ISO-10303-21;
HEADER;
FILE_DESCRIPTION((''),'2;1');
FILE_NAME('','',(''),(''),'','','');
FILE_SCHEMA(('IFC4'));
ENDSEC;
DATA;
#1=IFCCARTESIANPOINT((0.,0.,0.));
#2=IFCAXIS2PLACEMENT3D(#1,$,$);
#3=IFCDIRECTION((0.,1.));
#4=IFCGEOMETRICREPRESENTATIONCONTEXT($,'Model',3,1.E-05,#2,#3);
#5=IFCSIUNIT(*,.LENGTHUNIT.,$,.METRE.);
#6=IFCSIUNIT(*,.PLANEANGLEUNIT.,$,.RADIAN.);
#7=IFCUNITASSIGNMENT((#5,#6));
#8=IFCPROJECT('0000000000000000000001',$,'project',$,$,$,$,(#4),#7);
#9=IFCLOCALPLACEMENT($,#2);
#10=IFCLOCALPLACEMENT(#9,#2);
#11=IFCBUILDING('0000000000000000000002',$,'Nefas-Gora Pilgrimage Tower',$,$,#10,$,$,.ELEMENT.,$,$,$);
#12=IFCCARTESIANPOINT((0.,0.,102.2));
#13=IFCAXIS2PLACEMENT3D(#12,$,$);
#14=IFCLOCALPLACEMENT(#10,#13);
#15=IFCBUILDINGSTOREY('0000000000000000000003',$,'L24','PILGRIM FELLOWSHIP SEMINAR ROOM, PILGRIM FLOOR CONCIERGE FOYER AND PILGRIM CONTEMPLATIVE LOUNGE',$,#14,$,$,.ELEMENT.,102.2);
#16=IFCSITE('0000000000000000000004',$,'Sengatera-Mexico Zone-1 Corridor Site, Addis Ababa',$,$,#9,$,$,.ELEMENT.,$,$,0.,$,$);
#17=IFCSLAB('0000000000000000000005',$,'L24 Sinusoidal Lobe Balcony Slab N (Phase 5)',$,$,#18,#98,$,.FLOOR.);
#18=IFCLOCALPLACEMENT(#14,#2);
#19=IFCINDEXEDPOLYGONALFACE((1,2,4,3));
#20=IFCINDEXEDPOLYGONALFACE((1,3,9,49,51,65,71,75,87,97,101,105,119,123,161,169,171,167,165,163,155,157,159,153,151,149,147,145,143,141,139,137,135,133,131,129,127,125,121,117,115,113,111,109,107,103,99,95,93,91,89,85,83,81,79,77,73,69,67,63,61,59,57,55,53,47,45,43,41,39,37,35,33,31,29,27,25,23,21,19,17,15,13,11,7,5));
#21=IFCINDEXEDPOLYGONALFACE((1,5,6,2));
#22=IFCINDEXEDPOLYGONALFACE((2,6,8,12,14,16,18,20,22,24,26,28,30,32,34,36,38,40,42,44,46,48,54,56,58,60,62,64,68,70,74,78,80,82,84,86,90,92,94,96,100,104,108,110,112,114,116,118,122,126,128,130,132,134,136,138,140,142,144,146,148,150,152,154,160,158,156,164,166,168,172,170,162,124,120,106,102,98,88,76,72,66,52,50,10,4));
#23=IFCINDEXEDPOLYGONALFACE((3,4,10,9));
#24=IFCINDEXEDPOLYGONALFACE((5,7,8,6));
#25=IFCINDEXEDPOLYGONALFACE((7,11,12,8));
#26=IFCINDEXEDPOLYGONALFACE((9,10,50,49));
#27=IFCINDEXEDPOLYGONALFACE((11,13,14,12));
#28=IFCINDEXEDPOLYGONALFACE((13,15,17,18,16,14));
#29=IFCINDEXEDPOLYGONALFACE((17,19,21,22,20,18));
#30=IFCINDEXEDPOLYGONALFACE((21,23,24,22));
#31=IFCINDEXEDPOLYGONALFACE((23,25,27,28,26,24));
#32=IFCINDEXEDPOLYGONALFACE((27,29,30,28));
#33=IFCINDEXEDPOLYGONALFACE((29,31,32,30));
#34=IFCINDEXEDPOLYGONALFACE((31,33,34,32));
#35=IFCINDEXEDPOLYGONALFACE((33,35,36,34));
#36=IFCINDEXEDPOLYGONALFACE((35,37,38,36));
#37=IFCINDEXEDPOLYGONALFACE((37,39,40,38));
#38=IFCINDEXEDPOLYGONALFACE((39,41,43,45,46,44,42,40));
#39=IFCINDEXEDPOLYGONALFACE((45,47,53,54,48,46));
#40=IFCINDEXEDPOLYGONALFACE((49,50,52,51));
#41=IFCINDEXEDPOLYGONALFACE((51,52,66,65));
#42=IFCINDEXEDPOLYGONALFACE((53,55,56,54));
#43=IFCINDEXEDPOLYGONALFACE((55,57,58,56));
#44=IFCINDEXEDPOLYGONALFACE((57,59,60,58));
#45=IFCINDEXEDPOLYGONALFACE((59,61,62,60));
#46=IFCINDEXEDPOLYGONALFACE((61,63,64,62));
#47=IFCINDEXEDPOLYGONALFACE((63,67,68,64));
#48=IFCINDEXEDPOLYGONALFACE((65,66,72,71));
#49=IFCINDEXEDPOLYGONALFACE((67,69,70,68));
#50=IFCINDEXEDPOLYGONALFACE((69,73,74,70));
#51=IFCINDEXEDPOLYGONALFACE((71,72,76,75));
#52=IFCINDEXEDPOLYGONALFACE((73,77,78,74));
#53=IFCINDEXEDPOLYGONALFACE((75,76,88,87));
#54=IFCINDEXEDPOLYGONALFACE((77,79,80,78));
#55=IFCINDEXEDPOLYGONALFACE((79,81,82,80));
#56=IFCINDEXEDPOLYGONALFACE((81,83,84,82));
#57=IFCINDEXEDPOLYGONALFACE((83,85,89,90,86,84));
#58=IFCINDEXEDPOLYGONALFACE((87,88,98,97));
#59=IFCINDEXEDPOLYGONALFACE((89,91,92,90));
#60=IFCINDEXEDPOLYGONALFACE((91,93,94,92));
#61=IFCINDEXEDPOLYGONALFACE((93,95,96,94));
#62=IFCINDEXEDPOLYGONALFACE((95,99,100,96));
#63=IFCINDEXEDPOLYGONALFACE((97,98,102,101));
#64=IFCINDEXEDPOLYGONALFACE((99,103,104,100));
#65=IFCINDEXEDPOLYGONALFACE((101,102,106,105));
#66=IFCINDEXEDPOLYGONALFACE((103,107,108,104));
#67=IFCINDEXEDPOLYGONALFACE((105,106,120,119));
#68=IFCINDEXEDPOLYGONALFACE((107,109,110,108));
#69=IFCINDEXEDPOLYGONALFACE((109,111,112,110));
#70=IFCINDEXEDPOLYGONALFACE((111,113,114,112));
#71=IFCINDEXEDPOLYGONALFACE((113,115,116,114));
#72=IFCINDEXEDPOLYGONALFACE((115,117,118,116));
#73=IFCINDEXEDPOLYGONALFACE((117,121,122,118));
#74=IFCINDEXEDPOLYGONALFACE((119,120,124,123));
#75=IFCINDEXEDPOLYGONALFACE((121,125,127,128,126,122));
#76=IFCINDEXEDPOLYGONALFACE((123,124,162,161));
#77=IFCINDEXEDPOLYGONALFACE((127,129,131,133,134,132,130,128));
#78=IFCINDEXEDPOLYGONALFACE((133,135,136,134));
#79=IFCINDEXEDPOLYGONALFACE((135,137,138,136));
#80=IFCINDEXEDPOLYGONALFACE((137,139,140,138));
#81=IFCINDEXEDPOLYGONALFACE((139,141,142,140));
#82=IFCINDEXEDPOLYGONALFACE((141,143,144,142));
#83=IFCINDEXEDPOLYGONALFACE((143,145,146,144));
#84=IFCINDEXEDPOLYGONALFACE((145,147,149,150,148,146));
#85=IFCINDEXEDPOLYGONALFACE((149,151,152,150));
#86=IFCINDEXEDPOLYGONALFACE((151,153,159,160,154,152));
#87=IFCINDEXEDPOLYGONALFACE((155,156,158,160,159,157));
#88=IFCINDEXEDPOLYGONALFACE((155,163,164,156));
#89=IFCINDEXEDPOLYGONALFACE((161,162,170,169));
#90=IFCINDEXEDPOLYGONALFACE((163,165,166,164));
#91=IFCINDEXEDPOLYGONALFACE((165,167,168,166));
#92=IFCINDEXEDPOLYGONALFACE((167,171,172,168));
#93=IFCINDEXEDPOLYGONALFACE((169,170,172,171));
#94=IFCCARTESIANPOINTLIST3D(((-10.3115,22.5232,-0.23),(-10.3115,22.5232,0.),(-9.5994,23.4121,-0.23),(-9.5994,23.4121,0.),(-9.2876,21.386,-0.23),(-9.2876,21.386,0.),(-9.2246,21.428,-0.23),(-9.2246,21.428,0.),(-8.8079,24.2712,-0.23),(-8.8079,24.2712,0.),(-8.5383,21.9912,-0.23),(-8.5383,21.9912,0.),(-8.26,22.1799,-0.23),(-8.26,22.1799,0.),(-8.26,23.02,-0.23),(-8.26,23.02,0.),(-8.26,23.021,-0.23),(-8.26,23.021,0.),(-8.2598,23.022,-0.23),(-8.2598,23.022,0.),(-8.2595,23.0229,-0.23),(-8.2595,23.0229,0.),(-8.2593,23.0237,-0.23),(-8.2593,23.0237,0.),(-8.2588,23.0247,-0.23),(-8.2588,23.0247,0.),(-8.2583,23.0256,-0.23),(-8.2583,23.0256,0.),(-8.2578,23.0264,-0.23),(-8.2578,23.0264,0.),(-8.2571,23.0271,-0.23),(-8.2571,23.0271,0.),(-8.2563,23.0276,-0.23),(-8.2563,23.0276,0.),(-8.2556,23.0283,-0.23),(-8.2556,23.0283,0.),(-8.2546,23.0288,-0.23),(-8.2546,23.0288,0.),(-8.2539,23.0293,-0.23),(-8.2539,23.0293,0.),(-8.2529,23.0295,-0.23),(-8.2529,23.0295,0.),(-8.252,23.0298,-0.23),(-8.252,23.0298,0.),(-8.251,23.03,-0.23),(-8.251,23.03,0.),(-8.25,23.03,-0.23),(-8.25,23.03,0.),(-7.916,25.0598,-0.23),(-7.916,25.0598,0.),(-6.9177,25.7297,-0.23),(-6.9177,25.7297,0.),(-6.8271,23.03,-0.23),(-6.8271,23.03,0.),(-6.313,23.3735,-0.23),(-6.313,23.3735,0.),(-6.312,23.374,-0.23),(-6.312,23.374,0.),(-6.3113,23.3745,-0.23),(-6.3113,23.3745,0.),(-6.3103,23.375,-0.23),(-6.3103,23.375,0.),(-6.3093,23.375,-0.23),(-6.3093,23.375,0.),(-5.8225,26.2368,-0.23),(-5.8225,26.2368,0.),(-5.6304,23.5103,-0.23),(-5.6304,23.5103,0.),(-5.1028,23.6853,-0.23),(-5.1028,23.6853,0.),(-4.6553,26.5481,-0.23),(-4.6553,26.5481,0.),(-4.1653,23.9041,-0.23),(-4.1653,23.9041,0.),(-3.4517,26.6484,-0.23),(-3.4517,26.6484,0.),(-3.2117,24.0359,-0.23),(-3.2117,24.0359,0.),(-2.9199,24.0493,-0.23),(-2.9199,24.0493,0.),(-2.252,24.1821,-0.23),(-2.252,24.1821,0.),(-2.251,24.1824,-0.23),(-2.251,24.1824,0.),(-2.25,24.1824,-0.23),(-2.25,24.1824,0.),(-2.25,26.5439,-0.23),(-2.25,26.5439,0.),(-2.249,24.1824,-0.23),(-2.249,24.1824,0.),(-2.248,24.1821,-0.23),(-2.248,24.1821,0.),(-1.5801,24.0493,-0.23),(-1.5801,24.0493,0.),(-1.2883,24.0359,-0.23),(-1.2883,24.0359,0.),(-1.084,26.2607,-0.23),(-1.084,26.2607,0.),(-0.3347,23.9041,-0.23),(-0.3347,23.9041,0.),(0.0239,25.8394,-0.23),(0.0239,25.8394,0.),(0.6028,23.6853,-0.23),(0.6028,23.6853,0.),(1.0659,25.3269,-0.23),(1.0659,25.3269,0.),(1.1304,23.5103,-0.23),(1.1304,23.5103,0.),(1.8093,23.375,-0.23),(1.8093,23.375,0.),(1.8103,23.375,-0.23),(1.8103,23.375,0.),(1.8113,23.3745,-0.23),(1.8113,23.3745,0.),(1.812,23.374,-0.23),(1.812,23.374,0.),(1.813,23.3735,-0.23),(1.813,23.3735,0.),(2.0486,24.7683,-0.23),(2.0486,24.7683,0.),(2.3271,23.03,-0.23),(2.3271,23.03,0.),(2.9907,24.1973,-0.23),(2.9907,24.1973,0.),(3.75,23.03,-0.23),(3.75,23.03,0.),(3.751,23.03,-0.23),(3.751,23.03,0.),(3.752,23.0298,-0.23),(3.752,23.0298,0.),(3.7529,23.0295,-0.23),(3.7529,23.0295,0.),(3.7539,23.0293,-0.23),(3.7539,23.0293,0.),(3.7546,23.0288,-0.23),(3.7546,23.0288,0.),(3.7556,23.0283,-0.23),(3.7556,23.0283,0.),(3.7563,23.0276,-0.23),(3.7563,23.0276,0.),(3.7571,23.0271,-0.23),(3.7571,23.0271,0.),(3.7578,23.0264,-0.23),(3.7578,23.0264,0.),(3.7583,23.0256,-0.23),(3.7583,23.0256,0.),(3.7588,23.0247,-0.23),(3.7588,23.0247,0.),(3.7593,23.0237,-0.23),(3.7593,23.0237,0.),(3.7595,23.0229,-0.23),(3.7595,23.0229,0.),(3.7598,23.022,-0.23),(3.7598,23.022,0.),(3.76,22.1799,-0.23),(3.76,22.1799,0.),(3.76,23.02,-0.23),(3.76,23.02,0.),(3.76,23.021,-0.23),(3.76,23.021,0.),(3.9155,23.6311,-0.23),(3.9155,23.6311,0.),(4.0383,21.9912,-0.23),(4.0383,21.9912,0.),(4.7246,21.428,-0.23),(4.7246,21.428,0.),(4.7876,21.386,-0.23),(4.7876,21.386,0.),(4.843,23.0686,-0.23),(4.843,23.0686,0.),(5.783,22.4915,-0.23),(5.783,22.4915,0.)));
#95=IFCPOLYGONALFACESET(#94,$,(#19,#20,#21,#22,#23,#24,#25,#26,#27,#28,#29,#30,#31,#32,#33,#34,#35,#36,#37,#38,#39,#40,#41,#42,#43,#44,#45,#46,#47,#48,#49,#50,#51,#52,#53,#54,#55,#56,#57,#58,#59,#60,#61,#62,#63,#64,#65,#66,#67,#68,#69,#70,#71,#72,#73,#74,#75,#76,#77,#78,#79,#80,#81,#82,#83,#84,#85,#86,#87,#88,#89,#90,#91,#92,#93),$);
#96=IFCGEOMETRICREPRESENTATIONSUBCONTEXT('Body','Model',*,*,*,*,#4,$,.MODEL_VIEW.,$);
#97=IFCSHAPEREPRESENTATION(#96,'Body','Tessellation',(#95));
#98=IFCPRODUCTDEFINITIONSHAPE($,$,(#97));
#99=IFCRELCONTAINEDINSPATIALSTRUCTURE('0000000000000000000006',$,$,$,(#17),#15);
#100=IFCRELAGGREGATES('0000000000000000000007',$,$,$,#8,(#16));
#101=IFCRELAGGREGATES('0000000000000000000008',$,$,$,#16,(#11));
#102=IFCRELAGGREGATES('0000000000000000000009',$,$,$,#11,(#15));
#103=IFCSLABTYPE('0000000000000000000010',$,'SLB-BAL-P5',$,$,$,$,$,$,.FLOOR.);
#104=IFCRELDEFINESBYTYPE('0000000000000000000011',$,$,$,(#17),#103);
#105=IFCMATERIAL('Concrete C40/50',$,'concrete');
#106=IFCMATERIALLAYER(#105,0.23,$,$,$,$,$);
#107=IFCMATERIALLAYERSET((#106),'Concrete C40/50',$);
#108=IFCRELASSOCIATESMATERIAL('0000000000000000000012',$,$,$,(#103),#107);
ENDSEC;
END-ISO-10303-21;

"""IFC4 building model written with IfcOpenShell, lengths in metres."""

from ifc_helpers import new_model, si_unit, direction, frame, origin, place, context, subcontext, project, spatial, polyline, outline, extrude, material, layer, layer_set, type_object, element, save


model = new_model("IFC4")

# Units and contexts
model_context = context("Model", 3, precision=1e-05, world=origin(), true_north=direction((0.0, 1.0)))
body_context = subcontext(model_context, "Body", "Model", "MODEL_VIEW")
ifc_project = project(units=[si_unit("LENGTHUNIT", "METRE"), si_unit("PLANEANGLEUNIT", "RADIAN")], contexts=[model_context])

# Site, building, storey
site_placement = place(None, origin())
site = spatial("IfcSite", under=ifc_project, at=site_placement, Name="Sengatera-Mexico Zone-1 Corridor Site, Addis Ababa", CompositionType="ELEMENT", RefElevation=0.0)
building_placement = place(site_placement, origin())
building = spatial("IfcBuilding", under=site, at=building_placement, Name="Nefas-Gora Pilgrimage Tower", CompositionType="ELEMENT")
storey_placement = place(building_placement, frame((0.0, 0.0, 102.2)))
storey = spatial("IfcBuildingStorey", under=building, at=storey_placement, Name="L24", Description="PILGRIM FELLOWSHIP SEMINAR ROOM, PILGRIM FLOOR CONCIERGE FOYER AND PILGRIM CONTEMPLATIVE LOUNGE", CompositionType="ELEMENT", Elevation=102.2)

# Slab
ifc_material_1 = material(Name="Concrete C40/50", Category="concrete")
ifc_layer_1 = layer(ifc_material_1, 0.23)
ifc_layer_set_1 = layer_set([ifc_layer_1], Name="Concrete C40/50")
slab_type_1 = type_object("IfcSlabType", Name="SLB-BAL-P5", PredefinedType="FLOOR", material=ifc_layer_set_1)
slab_1_placement = place(storey_placement, frame((0.0, 0.0, -0.23)))
element("IfcSlab", 1, at=slab_1_placement, inside=storey, type_object=slab_type_1, Name="L24 Sinusoidal Lobe Balcony Slab N (Phase 5)", PredefinedType="FLOOR", context=body_context, shape_type="SweptSolid", body=[
    extrude(outline(polyline([(-9.2876, 21.386), (-9.2246, 21.428), (-8.5383, 21.9912), (-8.26, 22.1799), (-8.26, 23.02), (-8.26, 23.021), (-8.2598, 23.022), (-8.2595, 23.0229), (-8.2593, 23.0237), (-8.2588, 23.0247), (-8.2583, 23.0256), (-8.2578, 23.0264), (-8.2571, 23.0271), (-8.2563, 23.0276), (-8.2556, 23.0283), (-8.2546, 23.0288), (-8.2539, 23.0293), (-8.2529, 23.0295), (-8.252, 23.0298), (-8.251, 23.03), (-8.25, 23.03), (-6.8271, 23.03), (-6.313, 23.3735), (-6.312, 23.374), (-6.3113, 23.3745), (-6.3103, 23.375), (-6.3093, 23.375), (-5.6304, 23.5103), (-5.1028, 23.6853), (-4.1653, 23.9041), (-3.2117, 24.0359), (-2.9199, 24.0493), (-2.252, 24.1821), (-2.251, 24.1824), (-2.25, 24.1824), (-2.249, 24.1824), (-2.248, 24.1821), (-1.5801, 24.0493), (-1.2883, 24.0359), (-0.3347, 23.9041), (0.6028, 23.6853), (1.1304, 23.5103), (1.8093, 23.375), (1.8103, 23.375), (1.8113, 23.3745), (1.812, 23.374), (1.813, 23.3735), (2.3271, 23.03), (3.75, 23.03), (3.751, 23.03), (3.752, 23.0298), (3.7529, 23.0295), (3.7539, 23.0293), (3.7546, 23.0288), (3.7556, 23.0283), (3.7563, 23.0276), (3.7571, 23.0271), (3.7578, 23.0264), (3.7583, 23.0256), (3.7588, 23.0247), (3.7593, 23.0237), (3.7595, 23.0229), (3.7598, 23.022), (3.76, 23.021), (3.76, 23.02), (3.76, 22.1799), (4.0383, 21.9912), (4.7246, 21.428), (4.7876, 21.386), (5.783, 22.4915), (4.843, 23.0686), (3.9155, 23.6311), (2.9907, 24.1973), (2.0486, 24.7683), (1.0659, 25.3269), (0.0239, 25.8394), (-1.084, 26.2607), (-2.25, 26.5439), (-3.4517, 26.6484), (-4.6553, 26.5481), (-5.8225, 26.2368), (-6.9177, 25.7297), (-7.916, 25.0598), (-8.8079, 24.2712), (-9.5994, 23.4121), (-10.3115, 22.5232), (-9.2876, 21.386)])), origin(), (0.0, 0.0, 1.0), 0.23),
])

save(model, "model.ifc")
